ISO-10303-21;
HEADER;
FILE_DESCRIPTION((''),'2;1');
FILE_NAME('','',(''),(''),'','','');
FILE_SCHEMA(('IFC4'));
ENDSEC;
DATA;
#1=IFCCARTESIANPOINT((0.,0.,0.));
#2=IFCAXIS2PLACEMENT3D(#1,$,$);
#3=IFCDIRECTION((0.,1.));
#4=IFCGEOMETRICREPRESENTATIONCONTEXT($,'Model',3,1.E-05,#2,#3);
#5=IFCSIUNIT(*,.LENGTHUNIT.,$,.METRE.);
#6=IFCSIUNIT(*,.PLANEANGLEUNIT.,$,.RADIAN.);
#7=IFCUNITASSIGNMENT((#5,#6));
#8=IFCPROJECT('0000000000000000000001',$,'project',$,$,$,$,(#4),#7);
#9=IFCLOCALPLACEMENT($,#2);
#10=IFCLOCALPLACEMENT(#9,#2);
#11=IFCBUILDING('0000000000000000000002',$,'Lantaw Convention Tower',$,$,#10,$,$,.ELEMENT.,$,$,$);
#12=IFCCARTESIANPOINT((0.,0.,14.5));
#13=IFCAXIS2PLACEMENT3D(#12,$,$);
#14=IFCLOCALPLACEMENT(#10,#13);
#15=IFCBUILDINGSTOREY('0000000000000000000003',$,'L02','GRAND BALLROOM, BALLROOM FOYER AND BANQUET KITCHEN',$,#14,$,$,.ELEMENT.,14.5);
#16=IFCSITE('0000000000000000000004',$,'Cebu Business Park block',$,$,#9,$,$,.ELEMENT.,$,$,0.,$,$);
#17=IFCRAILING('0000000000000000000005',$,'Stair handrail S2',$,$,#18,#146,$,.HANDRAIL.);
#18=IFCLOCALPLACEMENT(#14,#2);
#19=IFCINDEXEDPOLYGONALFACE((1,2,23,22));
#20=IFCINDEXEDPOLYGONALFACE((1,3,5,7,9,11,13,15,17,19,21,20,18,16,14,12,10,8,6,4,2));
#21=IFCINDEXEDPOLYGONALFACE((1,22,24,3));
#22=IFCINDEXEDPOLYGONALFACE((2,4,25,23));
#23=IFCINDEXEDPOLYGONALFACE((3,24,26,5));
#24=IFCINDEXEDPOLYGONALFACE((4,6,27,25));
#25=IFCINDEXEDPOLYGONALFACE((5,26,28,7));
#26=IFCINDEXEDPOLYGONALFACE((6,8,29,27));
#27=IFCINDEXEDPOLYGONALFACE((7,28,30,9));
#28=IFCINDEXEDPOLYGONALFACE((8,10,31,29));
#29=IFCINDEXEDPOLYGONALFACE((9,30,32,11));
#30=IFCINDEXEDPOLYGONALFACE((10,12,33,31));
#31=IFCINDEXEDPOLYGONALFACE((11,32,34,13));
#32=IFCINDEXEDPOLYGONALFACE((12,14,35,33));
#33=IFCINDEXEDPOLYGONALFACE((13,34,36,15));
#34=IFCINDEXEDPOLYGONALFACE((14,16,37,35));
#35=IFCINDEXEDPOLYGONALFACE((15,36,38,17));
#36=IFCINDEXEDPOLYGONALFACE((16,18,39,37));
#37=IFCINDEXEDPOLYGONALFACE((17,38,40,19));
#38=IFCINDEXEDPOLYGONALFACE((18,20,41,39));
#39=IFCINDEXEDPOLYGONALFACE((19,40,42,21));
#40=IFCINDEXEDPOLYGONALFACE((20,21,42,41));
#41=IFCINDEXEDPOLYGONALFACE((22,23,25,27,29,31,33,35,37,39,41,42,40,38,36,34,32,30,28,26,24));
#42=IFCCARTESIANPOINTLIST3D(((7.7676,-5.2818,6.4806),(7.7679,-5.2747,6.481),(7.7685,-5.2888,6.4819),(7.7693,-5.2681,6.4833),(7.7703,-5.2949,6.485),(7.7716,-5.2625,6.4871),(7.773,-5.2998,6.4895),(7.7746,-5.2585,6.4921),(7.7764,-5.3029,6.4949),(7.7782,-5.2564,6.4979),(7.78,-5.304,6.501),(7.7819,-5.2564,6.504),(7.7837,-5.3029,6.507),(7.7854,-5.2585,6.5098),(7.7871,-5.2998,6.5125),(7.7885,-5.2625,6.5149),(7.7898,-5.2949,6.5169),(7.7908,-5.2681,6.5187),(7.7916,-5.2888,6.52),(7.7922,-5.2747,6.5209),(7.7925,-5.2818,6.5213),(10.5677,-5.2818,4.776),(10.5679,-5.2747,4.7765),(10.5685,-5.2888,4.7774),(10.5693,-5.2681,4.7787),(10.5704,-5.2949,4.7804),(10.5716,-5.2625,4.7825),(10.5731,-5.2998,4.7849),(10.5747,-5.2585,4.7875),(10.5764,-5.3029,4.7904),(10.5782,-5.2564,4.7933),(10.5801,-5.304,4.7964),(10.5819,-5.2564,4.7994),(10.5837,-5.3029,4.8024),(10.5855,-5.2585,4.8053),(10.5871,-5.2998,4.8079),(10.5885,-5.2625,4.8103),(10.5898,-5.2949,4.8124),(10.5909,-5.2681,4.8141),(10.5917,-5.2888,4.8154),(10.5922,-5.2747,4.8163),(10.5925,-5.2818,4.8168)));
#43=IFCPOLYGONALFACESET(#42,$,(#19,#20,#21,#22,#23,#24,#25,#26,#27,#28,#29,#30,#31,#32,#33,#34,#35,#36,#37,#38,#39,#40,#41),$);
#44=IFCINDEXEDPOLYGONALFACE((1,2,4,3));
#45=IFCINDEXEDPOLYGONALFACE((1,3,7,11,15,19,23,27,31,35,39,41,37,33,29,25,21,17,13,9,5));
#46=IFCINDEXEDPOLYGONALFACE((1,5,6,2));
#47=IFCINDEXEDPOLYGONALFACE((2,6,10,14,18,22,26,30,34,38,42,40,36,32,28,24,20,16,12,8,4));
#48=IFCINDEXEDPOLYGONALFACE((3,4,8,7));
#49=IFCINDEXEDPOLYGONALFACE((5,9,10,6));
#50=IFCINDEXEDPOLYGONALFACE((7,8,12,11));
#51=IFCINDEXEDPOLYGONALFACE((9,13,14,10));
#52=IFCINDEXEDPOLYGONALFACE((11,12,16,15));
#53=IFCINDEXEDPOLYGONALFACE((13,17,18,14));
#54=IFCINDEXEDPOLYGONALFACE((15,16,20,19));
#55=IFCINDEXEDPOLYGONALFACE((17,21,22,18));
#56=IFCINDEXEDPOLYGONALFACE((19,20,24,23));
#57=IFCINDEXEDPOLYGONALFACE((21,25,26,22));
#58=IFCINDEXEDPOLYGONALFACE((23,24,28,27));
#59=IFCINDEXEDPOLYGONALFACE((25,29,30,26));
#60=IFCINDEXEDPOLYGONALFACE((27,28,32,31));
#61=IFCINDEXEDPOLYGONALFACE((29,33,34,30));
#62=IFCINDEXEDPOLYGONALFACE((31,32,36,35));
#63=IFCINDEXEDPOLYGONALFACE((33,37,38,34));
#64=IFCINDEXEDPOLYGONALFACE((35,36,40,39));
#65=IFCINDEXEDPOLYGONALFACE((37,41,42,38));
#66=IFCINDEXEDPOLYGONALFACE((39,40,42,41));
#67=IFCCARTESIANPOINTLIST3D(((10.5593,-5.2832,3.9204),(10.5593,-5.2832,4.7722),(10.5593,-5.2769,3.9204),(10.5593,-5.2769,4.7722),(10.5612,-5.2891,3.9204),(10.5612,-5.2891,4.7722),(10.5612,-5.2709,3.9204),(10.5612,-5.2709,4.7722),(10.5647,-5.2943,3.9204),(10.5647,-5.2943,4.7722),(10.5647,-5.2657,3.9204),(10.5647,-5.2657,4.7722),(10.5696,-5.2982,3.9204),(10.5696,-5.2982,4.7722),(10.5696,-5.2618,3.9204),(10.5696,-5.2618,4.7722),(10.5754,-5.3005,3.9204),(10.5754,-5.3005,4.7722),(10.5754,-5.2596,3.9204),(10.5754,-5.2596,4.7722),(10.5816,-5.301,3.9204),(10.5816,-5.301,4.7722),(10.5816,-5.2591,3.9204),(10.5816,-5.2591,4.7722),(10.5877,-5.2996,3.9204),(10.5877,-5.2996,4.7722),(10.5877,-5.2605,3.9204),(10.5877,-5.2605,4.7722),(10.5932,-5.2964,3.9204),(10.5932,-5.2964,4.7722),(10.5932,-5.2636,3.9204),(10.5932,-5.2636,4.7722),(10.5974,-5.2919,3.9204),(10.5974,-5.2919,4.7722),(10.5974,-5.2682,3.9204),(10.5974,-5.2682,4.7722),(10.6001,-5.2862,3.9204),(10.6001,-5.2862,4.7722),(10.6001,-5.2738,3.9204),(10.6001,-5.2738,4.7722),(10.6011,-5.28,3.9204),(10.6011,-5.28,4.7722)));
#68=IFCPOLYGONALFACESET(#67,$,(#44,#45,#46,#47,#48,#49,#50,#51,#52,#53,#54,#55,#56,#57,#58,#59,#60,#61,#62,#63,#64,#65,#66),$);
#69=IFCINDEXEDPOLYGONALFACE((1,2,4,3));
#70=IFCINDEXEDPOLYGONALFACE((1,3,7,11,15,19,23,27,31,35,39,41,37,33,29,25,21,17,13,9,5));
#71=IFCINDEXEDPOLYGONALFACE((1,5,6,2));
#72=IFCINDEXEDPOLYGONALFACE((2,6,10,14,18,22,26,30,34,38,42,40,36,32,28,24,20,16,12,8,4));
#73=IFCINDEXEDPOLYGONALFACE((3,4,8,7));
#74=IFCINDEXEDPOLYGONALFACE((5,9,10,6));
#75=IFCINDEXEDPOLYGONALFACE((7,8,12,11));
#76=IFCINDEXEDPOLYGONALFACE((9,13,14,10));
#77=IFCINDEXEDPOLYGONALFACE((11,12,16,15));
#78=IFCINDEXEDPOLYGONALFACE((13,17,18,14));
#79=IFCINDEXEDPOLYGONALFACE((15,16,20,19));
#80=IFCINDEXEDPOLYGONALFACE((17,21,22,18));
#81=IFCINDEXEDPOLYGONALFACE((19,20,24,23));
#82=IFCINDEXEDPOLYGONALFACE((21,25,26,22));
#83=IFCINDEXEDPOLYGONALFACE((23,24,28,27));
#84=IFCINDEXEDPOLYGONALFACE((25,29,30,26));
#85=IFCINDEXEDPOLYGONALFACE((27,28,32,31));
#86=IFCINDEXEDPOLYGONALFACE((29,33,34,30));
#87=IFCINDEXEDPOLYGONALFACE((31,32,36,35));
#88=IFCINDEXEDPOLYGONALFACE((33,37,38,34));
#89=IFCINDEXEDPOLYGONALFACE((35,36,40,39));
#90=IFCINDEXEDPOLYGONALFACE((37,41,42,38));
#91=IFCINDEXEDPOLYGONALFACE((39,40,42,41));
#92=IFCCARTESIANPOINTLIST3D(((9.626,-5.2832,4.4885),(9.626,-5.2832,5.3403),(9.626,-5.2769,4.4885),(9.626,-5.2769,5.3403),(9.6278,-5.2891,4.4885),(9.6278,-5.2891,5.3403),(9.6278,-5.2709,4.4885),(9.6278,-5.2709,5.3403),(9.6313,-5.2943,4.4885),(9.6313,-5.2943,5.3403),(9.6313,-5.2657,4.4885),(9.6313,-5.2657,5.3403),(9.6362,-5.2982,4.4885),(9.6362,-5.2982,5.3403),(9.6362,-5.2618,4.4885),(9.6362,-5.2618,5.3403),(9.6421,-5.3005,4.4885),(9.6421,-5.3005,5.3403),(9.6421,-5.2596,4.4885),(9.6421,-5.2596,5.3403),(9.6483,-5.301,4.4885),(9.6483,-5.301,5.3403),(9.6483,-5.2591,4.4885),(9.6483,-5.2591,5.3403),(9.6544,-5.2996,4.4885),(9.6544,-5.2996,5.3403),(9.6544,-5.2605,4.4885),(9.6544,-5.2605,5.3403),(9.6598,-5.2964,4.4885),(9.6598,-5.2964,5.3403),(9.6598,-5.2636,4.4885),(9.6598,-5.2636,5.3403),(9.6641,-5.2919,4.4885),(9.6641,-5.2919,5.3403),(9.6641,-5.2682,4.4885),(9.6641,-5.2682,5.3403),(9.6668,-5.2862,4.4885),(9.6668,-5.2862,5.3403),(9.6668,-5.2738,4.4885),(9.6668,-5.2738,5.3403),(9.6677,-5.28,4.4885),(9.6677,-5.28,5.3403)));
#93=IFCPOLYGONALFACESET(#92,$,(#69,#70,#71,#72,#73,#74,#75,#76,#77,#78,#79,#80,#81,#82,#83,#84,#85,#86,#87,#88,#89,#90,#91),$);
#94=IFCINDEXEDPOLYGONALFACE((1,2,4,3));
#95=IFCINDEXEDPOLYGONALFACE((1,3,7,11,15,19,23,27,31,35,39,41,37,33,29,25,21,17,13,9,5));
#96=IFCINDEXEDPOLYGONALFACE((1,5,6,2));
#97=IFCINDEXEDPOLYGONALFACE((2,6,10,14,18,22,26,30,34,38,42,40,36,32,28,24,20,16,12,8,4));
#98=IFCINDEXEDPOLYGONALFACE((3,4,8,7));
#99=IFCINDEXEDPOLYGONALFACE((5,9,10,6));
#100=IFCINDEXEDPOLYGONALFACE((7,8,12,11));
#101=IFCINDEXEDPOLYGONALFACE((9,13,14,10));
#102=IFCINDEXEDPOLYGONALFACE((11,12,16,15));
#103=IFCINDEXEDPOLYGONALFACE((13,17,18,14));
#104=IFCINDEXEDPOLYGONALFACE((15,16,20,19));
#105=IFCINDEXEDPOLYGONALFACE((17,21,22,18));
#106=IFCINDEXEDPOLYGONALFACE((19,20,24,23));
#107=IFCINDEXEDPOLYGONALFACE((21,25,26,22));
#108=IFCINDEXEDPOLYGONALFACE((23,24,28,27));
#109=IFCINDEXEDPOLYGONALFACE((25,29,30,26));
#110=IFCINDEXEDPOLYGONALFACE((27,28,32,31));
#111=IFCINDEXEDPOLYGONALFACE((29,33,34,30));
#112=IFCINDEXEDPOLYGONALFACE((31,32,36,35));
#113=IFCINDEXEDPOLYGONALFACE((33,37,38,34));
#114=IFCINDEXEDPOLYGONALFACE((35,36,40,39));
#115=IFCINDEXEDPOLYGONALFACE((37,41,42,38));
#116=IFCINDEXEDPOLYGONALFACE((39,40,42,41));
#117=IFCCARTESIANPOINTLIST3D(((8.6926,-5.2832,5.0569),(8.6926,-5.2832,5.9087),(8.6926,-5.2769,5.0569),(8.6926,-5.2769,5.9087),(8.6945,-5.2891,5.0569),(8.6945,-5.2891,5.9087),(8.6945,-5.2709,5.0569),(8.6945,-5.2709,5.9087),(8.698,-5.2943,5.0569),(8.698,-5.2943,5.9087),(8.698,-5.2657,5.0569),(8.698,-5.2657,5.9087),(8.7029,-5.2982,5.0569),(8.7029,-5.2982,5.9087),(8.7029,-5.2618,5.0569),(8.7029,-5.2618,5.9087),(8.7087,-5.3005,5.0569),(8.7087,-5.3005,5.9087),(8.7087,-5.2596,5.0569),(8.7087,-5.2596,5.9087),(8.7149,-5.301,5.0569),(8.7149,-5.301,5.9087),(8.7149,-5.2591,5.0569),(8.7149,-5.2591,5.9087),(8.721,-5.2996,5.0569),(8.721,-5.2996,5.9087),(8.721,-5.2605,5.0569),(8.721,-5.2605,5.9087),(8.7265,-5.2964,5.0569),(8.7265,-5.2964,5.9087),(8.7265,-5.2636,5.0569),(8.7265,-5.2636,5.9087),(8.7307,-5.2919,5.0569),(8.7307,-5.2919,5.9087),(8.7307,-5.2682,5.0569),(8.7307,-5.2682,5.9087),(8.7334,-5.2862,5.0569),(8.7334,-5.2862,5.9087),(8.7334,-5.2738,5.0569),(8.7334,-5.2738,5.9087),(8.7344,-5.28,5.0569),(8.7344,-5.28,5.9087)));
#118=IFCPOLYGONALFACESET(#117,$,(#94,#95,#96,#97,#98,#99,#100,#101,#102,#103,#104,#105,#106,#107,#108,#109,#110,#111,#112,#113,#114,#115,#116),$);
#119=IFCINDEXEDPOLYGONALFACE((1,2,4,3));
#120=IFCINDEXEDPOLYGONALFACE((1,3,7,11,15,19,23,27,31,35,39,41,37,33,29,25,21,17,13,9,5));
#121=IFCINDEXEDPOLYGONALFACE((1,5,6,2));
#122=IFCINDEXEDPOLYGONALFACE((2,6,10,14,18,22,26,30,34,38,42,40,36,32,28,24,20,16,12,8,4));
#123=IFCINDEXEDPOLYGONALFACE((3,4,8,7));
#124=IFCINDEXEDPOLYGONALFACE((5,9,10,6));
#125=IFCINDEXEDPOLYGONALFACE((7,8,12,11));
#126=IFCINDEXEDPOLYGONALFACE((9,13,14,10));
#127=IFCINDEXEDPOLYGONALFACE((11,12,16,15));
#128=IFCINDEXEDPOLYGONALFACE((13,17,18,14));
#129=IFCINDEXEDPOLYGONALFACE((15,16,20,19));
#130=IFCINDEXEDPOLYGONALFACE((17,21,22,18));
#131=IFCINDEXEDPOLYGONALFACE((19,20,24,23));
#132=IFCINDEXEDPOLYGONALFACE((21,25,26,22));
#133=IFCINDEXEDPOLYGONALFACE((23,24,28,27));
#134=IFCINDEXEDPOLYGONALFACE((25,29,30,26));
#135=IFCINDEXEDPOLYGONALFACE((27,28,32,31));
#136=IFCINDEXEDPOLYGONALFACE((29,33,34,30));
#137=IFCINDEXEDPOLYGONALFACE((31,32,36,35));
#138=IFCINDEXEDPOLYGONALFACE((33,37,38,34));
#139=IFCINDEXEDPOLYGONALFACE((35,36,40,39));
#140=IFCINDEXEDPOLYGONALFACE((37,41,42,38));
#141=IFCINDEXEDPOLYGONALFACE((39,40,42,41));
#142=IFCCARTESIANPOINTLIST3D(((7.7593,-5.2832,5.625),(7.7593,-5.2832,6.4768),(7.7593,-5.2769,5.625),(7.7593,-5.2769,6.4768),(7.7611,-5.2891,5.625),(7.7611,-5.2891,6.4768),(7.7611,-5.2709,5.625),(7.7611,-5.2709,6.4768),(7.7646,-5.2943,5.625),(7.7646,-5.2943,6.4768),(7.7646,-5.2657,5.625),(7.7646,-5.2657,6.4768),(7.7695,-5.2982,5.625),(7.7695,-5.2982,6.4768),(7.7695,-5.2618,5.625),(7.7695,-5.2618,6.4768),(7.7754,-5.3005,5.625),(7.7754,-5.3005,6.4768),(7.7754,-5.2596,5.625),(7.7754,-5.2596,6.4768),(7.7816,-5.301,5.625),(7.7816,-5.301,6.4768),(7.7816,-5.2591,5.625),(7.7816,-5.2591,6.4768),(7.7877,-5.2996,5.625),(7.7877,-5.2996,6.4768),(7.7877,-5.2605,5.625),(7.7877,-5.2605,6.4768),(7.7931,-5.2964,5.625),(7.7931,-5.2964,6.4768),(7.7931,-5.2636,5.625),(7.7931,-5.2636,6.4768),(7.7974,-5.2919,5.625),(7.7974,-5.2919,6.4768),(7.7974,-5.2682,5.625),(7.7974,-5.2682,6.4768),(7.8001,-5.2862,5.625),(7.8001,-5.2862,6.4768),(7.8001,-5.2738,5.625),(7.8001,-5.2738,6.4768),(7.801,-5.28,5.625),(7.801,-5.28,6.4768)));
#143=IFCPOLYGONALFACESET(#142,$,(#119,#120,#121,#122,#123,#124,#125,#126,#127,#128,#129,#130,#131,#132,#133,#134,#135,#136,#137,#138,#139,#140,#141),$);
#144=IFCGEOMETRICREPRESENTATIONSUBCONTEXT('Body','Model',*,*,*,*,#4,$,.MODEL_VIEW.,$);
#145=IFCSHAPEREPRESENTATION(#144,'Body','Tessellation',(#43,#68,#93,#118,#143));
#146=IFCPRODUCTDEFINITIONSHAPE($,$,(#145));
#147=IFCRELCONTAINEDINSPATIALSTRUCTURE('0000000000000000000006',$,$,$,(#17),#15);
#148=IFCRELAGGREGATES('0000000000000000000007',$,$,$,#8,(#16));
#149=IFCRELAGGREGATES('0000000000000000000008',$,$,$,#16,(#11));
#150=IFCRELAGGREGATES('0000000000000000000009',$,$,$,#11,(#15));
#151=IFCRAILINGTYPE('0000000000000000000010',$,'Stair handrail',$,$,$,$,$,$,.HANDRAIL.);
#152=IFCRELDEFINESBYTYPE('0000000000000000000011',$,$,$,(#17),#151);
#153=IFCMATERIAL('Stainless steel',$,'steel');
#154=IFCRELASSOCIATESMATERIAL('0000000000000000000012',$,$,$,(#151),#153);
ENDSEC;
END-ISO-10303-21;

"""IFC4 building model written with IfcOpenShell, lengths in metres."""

from ifc_helpers import new_model, si_unit, direction, frame, origin, origin_2d, place, context, subcontext, project, spatial, circle, extrude, material, type_object, element, save


model = new_model("IFC4")

# Units and contexts
model_context = context("Model", 3, precision=1e-05, world=origin(), true_north=direction((0.0, 1.0)))
body_context = subcontext(model_context, "Body", "Model", "MODEL_VIEW")
ifc_project = project(units=[si_unit("LENGTHUNIT", "METRE"), si_unit("PLANEANGLEUNIT", "RADIAN")], contexts=[model_context])

# Site, building, storey
site_placement = place(None, origin())
site = spatial("IfcSite", under=ifc_project, at=site_placement, Name="Cebu Business Park block", CompositionType="ELEMENT", RefElevation=0.0)
building_placement = place(site_placement, origin())
building = spatial("IfcBuilding", under=site, at=building_placement, Name="Lantaw Convention Tower", CompositionType="ELEMENT")
storey_placement = place(building_placement, frame((0.0, 0.0, 14.5)))
storey = spatial("IfcBuildingStorey", under=building, at=storey_placement, Name="L02", Description="GRAND BALLROOM, BALLROOM FOYER AND BANQUET KITCHEN", CompositionType="ELEMENT", Elevation=14.5)

# Railing
ifc_material_1 = material(Name="Stainless steel", Category="steel")
railing_type = type_object("IfcRailingType", Name="Stair handrail", PredefinedType="HANDRAIL", material=ifc_material_1)
railing_1_placement = place(storey_placement, frame((10.5801, -5.28, 3.9204)))
element("IfcRailing", 1, at=railing_1_placement, inside=storey, type_object=railing_type, Name="Stair handrail S2", PredefinedType="HANDRAIL", context=body_context, shape_type="SweptSolid", body=[
    extrude(circle(Radius=0.0239, at=origin_2d()), frame((0.0, 0.0, 0.876), z_axis=(-0.85417, 0.0, 0.519994), x_axis=(0.0, -1.0, 0.0)), (0.0, 0.0, 1.0), 3.2781),
    extrude(circle(Radius=0.021, at=origin_2d()), origin(), (0.0, 0.0, 1.0), 0.8518),
    extrude(circle(Radius=0.021, at=origin_2d()), frame((-0.9333, 0.0, 0.5681)), (0.0, 0.0, 1.0), 0.8518),
    extrude(circle(Radius=0.021, at=origin_2d()), frame((-1.8667, 0.0, 1.1365)), (0.0, 0.0, 1.0), 0.8518),
    extrude(circle(Radius=0.021, at=origin_2d()), frame((-2.8, 0.0, 1.7046)), (0.0, 0.0, 1.0), 0.8518),
])

save(model, "model.ifc")
